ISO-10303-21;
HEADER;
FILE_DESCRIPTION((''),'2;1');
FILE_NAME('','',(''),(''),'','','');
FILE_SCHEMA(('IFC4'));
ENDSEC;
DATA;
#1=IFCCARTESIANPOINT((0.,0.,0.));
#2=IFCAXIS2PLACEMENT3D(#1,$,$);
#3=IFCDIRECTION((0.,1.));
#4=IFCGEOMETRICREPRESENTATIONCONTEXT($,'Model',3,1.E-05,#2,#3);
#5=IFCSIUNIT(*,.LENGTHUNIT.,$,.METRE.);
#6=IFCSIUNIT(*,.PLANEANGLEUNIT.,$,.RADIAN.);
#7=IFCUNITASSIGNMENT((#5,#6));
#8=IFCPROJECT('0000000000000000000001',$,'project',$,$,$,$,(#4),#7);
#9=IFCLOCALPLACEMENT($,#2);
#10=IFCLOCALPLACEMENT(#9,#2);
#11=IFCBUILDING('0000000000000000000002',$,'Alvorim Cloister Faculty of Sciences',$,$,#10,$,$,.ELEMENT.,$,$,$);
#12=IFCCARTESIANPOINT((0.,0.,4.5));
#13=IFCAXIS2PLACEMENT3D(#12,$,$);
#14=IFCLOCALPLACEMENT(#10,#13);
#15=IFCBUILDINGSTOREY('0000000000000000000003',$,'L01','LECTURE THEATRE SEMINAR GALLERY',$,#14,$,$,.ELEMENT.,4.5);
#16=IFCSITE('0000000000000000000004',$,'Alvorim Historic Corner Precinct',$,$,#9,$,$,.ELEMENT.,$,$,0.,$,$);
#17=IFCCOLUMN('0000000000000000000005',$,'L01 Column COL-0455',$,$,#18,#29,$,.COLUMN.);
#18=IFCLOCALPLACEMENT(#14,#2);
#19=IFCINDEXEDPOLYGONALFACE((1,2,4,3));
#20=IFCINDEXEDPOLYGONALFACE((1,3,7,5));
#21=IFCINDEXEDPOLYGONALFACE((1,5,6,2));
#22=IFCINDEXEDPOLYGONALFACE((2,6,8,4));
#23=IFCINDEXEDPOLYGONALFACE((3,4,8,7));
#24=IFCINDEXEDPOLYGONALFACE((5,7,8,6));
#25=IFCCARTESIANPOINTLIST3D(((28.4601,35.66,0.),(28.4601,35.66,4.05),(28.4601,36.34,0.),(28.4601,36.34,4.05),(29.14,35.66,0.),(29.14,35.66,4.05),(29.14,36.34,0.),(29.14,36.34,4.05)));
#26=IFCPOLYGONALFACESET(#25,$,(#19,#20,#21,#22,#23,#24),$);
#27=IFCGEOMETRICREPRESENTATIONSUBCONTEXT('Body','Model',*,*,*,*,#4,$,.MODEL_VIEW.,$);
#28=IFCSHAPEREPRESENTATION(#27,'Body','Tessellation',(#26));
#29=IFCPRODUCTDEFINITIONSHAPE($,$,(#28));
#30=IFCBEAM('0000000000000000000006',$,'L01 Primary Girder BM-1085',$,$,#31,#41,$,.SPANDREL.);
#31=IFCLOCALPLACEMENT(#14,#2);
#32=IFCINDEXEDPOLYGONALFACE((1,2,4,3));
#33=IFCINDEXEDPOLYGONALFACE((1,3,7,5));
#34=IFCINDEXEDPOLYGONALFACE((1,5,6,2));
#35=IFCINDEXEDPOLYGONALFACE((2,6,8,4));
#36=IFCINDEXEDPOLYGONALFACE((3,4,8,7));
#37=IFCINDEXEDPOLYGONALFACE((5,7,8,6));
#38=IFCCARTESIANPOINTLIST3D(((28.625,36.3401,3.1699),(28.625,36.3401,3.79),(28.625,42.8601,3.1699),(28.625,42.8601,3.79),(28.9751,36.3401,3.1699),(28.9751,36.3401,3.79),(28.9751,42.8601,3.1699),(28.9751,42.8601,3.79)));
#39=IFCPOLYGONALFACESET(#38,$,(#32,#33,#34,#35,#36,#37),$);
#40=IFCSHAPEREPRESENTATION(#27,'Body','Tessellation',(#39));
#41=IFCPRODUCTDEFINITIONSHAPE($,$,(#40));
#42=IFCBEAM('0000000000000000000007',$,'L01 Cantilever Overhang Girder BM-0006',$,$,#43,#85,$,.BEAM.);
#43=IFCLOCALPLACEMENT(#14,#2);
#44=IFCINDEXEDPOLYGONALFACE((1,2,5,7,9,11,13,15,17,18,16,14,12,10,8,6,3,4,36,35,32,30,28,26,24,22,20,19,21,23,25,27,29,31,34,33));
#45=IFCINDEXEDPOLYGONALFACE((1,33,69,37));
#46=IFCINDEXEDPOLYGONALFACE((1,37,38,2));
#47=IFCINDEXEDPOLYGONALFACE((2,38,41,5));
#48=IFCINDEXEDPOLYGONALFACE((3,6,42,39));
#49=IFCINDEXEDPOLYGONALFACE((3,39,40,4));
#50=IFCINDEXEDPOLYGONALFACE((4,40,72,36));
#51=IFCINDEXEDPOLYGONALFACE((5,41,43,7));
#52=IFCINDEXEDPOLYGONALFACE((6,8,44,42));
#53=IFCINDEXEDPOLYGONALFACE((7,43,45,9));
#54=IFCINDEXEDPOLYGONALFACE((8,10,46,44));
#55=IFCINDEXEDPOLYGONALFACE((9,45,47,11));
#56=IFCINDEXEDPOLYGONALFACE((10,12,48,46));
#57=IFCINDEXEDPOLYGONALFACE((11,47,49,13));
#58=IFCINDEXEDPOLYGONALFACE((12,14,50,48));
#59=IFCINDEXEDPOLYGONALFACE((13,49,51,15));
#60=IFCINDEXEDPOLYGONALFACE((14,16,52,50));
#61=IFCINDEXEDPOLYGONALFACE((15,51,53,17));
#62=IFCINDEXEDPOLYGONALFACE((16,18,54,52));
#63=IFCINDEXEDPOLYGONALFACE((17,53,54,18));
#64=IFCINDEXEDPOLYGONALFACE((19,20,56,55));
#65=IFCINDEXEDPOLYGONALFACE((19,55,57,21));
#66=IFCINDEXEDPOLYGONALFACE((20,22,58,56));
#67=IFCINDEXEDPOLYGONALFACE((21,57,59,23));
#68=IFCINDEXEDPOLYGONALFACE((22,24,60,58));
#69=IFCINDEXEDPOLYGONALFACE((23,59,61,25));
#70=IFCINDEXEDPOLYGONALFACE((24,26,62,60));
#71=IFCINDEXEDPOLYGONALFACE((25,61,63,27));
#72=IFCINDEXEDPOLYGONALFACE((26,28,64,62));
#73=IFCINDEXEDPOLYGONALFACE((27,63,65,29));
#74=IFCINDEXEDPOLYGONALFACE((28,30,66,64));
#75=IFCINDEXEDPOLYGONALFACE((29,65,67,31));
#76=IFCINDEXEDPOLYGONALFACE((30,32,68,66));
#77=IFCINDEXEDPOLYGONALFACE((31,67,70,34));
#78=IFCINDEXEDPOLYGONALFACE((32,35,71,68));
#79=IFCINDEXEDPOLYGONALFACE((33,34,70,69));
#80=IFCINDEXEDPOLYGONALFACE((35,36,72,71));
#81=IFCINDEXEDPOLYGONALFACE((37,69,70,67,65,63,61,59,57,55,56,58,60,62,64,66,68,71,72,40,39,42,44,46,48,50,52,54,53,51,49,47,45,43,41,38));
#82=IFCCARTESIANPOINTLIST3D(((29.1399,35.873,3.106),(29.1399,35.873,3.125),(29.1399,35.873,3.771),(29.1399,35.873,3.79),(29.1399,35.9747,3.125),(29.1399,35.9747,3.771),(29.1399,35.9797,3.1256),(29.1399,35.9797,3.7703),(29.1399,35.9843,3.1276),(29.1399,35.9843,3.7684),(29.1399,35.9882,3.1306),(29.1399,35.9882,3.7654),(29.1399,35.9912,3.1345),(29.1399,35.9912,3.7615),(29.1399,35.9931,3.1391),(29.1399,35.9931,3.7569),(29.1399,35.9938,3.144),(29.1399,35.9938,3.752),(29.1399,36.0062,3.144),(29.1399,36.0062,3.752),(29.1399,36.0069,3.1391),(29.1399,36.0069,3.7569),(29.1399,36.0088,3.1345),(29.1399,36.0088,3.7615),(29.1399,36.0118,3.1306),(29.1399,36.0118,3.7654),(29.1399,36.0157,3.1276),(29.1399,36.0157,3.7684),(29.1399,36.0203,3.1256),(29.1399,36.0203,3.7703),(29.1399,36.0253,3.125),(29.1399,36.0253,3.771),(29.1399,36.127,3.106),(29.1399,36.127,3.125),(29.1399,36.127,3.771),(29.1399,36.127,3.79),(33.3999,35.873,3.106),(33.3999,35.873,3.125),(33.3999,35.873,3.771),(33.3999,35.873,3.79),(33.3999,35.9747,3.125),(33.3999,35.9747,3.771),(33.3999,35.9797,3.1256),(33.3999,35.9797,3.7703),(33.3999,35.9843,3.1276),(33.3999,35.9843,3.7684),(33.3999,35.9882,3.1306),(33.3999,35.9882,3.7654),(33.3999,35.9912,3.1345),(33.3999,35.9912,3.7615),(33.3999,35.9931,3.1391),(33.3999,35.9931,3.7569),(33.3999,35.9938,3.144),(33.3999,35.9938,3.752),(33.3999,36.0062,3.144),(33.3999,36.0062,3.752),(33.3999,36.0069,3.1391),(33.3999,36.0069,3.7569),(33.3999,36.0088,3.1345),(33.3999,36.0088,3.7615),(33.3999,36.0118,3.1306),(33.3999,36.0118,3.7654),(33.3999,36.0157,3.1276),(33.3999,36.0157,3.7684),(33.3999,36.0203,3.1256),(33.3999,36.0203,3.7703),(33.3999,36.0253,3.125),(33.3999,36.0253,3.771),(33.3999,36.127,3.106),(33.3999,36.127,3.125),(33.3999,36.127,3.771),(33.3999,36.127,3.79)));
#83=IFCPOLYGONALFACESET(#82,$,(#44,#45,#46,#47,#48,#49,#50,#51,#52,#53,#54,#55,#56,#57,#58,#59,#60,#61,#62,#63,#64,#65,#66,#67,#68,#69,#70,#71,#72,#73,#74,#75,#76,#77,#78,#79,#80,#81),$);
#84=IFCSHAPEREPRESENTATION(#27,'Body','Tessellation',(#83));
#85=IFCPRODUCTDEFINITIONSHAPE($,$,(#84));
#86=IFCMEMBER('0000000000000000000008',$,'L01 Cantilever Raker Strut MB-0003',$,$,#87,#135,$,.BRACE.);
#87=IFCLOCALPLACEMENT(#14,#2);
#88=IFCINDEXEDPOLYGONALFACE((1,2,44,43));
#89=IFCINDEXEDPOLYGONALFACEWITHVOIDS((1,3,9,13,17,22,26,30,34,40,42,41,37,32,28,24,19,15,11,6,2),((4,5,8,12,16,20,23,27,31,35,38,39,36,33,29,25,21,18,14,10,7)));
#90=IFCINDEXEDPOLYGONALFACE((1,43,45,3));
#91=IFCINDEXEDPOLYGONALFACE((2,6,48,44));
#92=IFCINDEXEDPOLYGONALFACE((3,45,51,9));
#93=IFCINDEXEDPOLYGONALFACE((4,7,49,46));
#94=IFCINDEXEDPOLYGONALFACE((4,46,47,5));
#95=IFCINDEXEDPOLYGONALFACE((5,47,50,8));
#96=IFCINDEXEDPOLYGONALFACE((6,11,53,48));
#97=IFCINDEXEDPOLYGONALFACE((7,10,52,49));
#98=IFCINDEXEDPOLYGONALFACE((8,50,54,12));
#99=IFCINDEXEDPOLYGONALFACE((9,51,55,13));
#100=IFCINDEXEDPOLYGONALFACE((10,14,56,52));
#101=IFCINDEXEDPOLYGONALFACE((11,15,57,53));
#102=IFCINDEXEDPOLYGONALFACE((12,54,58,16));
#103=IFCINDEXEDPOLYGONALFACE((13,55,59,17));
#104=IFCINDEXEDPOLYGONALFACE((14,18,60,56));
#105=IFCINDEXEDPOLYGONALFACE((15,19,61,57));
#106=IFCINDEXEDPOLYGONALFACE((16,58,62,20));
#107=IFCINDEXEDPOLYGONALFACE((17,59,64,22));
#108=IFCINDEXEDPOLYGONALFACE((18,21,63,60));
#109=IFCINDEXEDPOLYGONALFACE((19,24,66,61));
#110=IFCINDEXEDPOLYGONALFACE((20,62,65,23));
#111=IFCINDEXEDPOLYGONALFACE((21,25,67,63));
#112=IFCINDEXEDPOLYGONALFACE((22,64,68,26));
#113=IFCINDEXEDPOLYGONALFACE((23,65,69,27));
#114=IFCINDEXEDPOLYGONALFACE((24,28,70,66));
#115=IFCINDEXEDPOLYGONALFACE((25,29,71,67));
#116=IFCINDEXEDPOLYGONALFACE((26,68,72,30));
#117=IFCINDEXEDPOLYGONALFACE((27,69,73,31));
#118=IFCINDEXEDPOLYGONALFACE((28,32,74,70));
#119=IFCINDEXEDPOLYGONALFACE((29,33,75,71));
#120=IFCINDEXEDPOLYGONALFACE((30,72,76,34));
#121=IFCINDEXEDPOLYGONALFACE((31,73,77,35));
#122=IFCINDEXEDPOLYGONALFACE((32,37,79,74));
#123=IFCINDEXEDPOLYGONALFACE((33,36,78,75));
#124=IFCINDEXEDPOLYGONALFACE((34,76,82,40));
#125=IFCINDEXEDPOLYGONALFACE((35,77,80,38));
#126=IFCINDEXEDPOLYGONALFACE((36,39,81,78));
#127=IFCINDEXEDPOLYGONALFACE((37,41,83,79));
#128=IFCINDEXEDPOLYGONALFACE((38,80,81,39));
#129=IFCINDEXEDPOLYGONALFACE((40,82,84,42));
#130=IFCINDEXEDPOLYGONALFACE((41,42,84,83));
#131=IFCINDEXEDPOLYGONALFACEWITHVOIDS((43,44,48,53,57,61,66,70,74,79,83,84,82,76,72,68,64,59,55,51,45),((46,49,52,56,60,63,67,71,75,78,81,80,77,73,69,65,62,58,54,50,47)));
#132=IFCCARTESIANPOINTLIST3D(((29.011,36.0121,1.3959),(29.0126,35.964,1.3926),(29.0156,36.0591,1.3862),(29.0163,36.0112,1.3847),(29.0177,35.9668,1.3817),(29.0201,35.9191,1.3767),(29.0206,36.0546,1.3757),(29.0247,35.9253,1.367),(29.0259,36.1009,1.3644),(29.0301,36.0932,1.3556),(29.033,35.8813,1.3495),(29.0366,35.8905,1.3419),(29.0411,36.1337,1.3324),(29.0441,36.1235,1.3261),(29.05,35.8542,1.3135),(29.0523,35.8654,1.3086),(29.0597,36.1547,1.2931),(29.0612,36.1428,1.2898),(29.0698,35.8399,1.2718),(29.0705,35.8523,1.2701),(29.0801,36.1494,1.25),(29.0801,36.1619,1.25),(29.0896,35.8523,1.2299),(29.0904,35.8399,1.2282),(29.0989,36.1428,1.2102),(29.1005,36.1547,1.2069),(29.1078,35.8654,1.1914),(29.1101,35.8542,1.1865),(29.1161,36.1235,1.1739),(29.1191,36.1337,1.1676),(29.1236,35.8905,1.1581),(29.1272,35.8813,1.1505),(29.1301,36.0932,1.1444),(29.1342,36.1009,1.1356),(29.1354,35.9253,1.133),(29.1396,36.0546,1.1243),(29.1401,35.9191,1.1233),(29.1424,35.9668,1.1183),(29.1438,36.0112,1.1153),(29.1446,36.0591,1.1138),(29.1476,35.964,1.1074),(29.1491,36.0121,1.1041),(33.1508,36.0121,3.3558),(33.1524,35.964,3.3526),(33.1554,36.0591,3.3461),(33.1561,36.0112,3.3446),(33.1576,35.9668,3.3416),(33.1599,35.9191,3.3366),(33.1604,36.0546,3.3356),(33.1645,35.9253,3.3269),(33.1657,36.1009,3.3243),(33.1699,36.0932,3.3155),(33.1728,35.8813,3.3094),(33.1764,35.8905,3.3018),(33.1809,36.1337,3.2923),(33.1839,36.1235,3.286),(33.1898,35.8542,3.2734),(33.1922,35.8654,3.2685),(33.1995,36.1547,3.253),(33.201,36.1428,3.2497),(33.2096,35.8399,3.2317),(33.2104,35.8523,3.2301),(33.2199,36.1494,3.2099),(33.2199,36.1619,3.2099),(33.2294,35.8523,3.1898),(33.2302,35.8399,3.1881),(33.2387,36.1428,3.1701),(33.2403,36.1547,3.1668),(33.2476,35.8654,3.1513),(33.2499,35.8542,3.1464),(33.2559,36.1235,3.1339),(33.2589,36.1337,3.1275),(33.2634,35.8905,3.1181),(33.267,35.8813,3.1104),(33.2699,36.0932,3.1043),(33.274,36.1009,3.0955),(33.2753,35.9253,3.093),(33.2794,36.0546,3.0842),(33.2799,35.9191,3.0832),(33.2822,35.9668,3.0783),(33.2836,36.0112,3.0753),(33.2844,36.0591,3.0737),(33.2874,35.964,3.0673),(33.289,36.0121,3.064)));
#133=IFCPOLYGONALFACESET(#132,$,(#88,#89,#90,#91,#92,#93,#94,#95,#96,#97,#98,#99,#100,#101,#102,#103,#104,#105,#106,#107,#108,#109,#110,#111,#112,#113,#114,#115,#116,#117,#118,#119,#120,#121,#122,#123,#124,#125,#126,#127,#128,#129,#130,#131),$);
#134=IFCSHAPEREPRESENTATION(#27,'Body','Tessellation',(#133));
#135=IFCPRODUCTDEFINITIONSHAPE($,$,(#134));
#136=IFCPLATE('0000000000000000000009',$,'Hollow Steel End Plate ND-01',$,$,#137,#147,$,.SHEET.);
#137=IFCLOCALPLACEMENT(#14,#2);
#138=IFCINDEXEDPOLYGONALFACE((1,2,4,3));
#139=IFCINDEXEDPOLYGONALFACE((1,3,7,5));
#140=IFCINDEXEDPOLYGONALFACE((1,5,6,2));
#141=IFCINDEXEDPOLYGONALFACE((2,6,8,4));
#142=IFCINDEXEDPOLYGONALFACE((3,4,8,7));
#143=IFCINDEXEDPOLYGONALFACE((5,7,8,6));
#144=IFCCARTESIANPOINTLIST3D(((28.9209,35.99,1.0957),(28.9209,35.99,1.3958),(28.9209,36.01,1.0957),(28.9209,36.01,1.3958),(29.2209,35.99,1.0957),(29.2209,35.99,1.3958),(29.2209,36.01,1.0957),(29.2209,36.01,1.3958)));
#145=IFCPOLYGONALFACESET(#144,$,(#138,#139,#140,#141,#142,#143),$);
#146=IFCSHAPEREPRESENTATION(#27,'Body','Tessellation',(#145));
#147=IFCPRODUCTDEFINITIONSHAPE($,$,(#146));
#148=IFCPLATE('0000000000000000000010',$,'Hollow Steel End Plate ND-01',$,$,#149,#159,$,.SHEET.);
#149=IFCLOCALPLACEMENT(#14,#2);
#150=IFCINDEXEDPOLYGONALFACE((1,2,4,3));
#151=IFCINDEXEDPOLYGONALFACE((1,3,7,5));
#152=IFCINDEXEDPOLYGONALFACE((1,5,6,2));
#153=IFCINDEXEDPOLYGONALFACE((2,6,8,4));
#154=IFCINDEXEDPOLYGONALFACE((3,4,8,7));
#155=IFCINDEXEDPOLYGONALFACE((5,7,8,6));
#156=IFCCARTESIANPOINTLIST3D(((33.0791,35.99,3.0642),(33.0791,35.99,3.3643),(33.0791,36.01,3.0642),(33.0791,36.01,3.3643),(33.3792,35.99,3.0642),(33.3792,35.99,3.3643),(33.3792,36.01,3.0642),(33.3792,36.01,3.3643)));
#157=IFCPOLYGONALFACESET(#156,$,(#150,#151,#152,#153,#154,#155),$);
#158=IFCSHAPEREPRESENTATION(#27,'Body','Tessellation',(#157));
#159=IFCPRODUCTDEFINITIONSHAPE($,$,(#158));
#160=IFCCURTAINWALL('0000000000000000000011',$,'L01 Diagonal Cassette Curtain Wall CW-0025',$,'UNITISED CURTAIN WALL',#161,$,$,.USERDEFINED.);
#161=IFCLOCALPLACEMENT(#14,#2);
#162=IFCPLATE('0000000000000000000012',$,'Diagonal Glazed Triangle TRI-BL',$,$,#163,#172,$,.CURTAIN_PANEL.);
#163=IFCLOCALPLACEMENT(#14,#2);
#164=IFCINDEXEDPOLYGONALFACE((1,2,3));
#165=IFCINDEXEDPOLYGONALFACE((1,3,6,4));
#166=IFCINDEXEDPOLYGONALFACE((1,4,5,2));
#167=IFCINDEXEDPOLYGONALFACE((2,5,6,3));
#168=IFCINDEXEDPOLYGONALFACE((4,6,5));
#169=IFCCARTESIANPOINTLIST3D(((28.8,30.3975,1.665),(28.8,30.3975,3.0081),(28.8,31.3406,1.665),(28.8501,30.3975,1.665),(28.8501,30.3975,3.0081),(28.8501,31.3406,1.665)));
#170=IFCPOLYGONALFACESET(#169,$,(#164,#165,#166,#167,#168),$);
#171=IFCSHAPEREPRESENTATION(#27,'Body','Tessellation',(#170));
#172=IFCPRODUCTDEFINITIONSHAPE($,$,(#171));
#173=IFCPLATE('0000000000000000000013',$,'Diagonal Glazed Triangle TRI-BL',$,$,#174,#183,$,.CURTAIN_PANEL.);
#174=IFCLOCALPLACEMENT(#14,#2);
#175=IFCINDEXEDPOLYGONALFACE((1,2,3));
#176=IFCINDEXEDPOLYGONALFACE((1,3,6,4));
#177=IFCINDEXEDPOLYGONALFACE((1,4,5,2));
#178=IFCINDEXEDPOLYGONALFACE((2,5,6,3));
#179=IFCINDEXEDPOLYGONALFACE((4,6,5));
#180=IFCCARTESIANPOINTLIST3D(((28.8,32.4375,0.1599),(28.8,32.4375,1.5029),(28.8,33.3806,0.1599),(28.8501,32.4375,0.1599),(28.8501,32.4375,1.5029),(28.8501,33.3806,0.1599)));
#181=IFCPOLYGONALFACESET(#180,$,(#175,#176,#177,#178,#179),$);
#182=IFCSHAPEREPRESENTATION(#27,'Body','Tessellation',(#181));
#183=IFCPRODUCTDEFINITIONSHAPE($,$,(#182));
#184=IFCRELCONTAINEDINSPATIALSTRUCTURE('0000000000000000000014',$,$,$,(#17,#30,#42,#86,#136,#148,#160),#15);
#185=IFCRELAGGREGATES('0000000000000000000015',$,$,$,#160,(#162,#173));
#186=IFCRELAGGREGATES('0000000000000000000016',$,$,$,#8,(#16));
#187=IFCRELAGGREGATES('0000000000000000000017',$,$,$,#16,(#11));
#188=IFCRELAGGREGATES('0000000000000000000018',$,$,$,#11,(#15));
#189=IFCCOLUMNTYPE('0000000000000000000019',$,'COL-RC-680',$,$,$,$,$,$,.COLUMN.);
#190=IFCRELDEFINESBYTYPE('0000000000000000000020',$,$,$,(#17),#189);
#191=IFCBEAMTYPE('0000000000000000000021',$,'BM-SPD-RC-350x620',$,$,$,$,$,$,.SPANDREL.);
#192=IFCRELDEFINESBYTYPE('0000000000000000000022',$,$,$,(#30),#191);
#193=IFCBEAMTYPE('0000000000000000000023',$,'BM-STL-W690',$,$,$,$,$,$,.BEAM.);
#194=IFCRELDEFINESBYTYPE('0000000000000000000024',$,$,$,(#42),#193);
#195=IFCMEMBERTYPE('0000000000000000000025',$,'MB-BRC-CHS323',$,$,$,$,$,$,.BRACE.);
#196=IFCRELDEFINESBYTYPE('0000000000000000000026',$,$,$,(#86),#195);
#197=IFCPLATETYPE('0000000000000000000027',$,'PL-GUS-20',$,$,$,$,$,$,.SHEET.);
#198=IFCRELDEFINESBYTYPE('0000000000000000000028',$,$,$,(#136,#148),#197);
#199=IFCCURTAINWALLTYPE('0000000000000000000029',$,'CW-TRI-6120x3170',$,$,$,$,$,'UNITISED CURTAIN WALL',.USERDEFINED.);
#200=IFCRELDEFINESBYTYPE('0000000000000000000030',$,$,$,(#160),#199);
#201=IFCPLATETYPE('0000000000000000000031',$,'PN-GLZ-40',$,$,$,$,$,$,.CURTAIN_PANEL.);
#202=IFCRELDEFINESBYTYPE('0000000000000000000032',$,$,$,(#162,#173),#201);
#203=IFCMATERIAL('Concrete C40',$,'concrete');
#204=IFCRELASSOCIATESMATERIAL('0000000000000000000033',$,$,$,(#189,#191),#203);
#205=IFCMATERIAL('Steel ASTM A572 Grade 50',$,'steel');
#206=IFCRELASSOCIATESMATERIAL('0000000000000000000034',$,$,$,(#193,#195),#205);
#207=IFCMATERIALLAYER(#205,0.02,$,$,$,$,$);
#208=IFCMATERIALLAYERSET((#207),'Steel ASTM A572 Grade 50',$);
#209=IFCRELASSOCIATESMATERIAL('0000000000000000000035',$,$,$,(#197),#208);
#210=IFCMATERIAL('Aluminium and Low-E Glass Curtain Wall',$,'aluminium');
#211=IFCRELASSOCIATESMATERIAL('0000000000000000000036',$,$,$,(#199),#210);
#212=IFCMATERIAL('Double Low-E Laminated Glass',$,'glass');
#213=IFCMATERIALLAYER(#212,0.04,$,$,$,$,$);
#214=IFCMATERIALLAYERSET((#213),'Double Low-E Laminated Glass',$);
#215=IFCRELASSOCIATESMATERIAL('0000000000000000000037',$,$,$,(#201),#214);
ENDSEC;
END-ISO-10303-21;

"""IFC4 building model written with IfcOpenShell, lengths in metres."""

from ifc_helpers import new_model, si_unit, direction, frame, origin, origin_2d, place, context, subcontext, project, spatial, polyline, rectangle, hollow_circle, i_section, outline, extrude, material, layer, layer_set, material_profile, profile_set, type_object, element, aggregate, save


model = new_model("IFC4")

# Units and contexts
model_context = context("Model", 3, precision=1e-05, world=origin(), true_north=direction((0.0, 1.0)))
body_context = subcontext(model_context, "Body", "Model", "MODEL_VIEW")
ifc_project = project(units=[si_unit("LENGTHUNIT", "METRE"), si_unit("PLANEANGLEUNIT", "RADIAN")], contexts=[model_context])

# Site, building, storey
site_placement = place(None, origin())
site = spatial("IfcSite", under=ifc_project, at=site_placement, Name="Alvorim Historic Corner Precinct", CompositionType="ELEMENT", RefElevation=0.0)
building_placement = place(site_placement, origin())
building = spatial("IfcBuilding", under=site, at=building_placement, Name="Alvorim Cloister Faculty of Sciences", CompositionType="ELEMENT")
storey_placement = place(building_placement, frame((0.0, 0.0, 4.5)))
storey = spatial("IfcBuildingStorey", under=building, at=storey_placement, Name="L01", Description="LECTURE THEATRE SEMINAR GALLERY", CompositionType="ELEMENT", Elevation=4.5)

# Column
ifc_material_1 = material(Name="Concrete C40", Category="concrete")
ifc_material_profile_1 = material_profile(ifc_material_1, rectangle(XDim=0.6799, YDim=0.6799, at=origin_2d()), Name="RC40-COL-680x680")
ifc_profile_set_1 = profile_set([ifc_material_profile_1], Name="Concrete C40")
column_type = type_object("IfcColumnType", Name="COL-RC-680", PredefinedType="COLUMN", material=ifc_profile_set_1)
column_placement = place(storey_placement, frame((28.8, 36.0, 0.0), z_axis=(0.0, 0.0, 1.0), x_axis=(1.0, 0.0, 0.0)))
element("IfcColumn", 1, at=column_placement, inside=storey, type_object=column_type, Name="L01 Column COL-0455", PredefinedType="COLUMN", context=body_context, shape_type="SweptSolid", body=[
    extrude(rectangle(XDim=0.6799, YDim=0.6799, at=origin_2d()), origin(), (0.0, 0.0, 1.0), 4.05),
])

# Beams
ifc_material_profile_2 = material_profile(ifc_material_1, rectangle(XDim=0.3501, YDim=0.6201, at=origin_2d()), Name="RC40-SPD-350x620")
ifc_profile_set_2 = profile_set([ifc_material_profile_2], Name="Concrete C40")
beam_type_1 = type_object("IfcBeamType", Name="BM-SPD-RC-350x620", PredefinedType="SPANDREL", material=ifc_profile_set_2)
beam_1_placement = place(storey_placement, frame((28.8, 36.3401, 3.48), z_axis=(0.0, 1.0, 0.0), x_axis=(-1.0, 0.0, 0.0)))
element("IfcBeam", 2, at=beam_1_placement, inside=storey, type_object=beam_type_1, Name="L01 Primary Girder BM-1085", PredefinedType="SPANDREL", context=body_context, shape_type="SweptSolid", body=[
    extrude(rectangle(XDim=0.3501, YDim=0.6201, at=origin_2d()), origin(), (0.0, 0.0, 1.0), 6.52),
])
ifc_material_2 = material(Name="Steel ASTM A572 Grade 50", Category="steel")
ifc_material_profile_3 = material_profile(ifc_material_2, i_section(OverallWidth=0.2539, OverallDepth=0.6841, WebThickness=0.0125, FlangeThickness=0.019, FilletRadius=0.019, at=origin_2d()), Name="W690x140.0")
ifc_profile_set_3 = profile_set([ifc_material_profile_3], Name="Steel ASTM A572 Grade 50")
beam_type_2 = type_object("IfcBeamType", Name="BM-STL-W690", PredefinedType="BEAM", material=ifc_profile_set_3)
beam_2_placement = place(storey_placement, frame((29.1399, 36.0, 3.448), z_axis=(1.0, 0.0, 0.0), x_axis=(0.0, 1.0, 0.0)))
element("IfcBeam", 3, at=beam_2_placement, inside=storey, type_object=beam_type_2, Name="L01 Cantilever Overhang Girder BM-0006", PredefinedType="BEAM", context=body_context, shape_type="SweptSolid", body=[
    extrude(i_section(OverallWidth=0.2539, OverallDepth=0.6841, WebThickness=0.0125, FlangeThickness=0.019, FilletRadius=0.019, at=origin_2d()), origin(), (0.0, 0.0, 1.0), 4.26),
])

# Member
ifc_material_profile_4 = material_profile(ifc_material_2, hollow_circle(Radius=0.1619, WallThickness=0.0125, at=origin_2d()), Name="CHS323.9x12.5")
ifc_profile_set_4 = profile_set([ifc_material_profile_4], Name="Steel ASTM A572 Grade 50")
member_type = type_object("IfcMemberType", Name="MB-BRC-CHS323", PredefinedType="BRACE", material=ifc_profile_set_4)
member_placement = place(storey_placement, frame((29.0801, 36.0, 1.25), z_axis=(0.903826, 0.0, 0.427901), x_axis=(0.0, 1.0, 0.0)))
element("IfcMember", 4, at=member_placement, inside=storey, type_object=member_type, Name="L01 Cantilever Raker Strut MB-0003", PredefinedType="BRACE", context=body_context, shape_type="SweptSolid", body=[
    extrude(hollow_circle(Radius=0.1619, WallThickness=0.0125, at=origin_2d()), origin(), (0.0, 0.0, 1.0), 4.5803),
])

# Plates
ifc_layer_1 = layer(ifc_material_2, 0.02)
ifc_layer_set_1 = layer_set([ifc_layer_1], Name="Steel ASTM A572 Grade 50")
plate_type_1 = type_object("IfcPlateType", Name="PL-GUS-20", PredefinedType="SHEET", material=ifc_layer_set_1)
for number, where, z_axis, x_axis, name in (
    (5, (28.9209, 36.0, 1.0957), (0.0, 0.0, 1.0), (1.0, 0.0, 0.0), "Hollow Steel End Plate ND-01"),
    (6, (33.0791, 36.0, 3.0642), (0.0, 0.0, 1.0), (1.0, 0.0, 0.0), "Hollow Steel End Plate ND-01"),
):
    element("IfcPlate", number, at=place(storey_placement, frame(where, z_axis=z_axis, x_axis=x_axis)), inside=storey, type_object=plate_type_1, Name=name, PredefinedType="SHEET", context=body_context, shape_type="SweptSolid", body=[
        extrude(outline(polyline([(0.0, 0.0), (0.3, 0.0), (0.3, 0.3), (0.0, 0.3), (0.0, 0.0)])), frame((0.0, 0.01, 0.0), z_axis=(0.0, -1.0, 0.0), x_axis=(1.0, 0.0, 0.0)), (0.0, 0.0, 1.0), 0.02),
    ])

# Curtain wall, plates
ifc_material_3 = material(Name="Aluminium and Low-E Glass Curtain Wall", Category="aluminium")
curtain_wall_type = type_object("IfcCurtainWallType", Name="CW-TRI-6120x3170", ElementType="UNITISED CURTAIN WALL", PredefinedType="USERDEFINED", material=ifc_material_3)
curtain_wall_placement = place(storey_placement, origin())
curtain_wall = element("IfcCurtainWall", 7, at=curtain_wall_placement, inside=storey, type_object=curtain_wall_type, Name="L01 Diagonal Cassette Curtain Wall CW-0025", ObjectType="UNITISED CURTAIN WALL", PredefinedType="USERDEFINED")
ifc_material_4 = material(Name="Double Low-E Laminated Glass", Category="glass")
ifc_layer_2 = layer(ifc_material_4, 0.04)
ifc_layer_set_2 = layer_set([ifc_layer_2], Name="Double Low-E Laminated Glass")
plate_type_2 = type_object("IfcPlateType", Name="PN-GLZ-40", PredefinedType="CURTAIN_PANEL", material=ifc_layer_set_2)
plate_1_placement = place(storey_placement, frame((28.825, 30.3975, 1.665), z_axis=(0.0, 0.0, 1.0), x_axis=(0.0, 1.0, 0.0)))
plate_1 = element("IfcPlate", 8, at=plate_1_placement, type_object=plate_type_2, Name="Diagonal Glazed Triangle TRI-BL", PredefinedType="CURTAIN_PANEL", context=body_context, shape_type="SweptSolid", body=[
    extrude(outline(polyline([(0.0, 0.0), (0.9431, 0.0), (0.0, 1.343), (0.0, 0.0)])), frame((0.0, 0.0249, 0.0), z_axis=(0.0, -1.0, 0.0), x_axis=(1.0, 0.0, 0.0)), (0.0, 0.0, 1.0), 0.05),
])
plate_2_placement = place(storey_placement, frame((28.825, 32.4375, 0.1599), z_axis=(0.0, 0.0, 1.0), x_axis=(0.0, 1.0, 0.0)))
plate_2 = element("IfcPlate", 9, at=plate_2_placement, type_object=plate_type_2, Name="Diagonal Glazed Triangle TRI-BL", PredefinedType="CURTAIN_PANEL", context=body_context, shape_type="SweptSolid", body=[
    extrude(outline(polyline([(0.0, 0.0), (0.9431, 0.0), (0.0, 1.343), (0.0, 0.0)])), frame((0.0, 0.0249, 0.0), z_axis=(0.0, -1.0, 0.0), x_axis=(1.0, 0.0, 0.0)), (0.0, 0.0, 1.0), 0.05),
])
aggregate(curtain_wall, [plate_1, plate_2])

save(model, "model.ifc")
